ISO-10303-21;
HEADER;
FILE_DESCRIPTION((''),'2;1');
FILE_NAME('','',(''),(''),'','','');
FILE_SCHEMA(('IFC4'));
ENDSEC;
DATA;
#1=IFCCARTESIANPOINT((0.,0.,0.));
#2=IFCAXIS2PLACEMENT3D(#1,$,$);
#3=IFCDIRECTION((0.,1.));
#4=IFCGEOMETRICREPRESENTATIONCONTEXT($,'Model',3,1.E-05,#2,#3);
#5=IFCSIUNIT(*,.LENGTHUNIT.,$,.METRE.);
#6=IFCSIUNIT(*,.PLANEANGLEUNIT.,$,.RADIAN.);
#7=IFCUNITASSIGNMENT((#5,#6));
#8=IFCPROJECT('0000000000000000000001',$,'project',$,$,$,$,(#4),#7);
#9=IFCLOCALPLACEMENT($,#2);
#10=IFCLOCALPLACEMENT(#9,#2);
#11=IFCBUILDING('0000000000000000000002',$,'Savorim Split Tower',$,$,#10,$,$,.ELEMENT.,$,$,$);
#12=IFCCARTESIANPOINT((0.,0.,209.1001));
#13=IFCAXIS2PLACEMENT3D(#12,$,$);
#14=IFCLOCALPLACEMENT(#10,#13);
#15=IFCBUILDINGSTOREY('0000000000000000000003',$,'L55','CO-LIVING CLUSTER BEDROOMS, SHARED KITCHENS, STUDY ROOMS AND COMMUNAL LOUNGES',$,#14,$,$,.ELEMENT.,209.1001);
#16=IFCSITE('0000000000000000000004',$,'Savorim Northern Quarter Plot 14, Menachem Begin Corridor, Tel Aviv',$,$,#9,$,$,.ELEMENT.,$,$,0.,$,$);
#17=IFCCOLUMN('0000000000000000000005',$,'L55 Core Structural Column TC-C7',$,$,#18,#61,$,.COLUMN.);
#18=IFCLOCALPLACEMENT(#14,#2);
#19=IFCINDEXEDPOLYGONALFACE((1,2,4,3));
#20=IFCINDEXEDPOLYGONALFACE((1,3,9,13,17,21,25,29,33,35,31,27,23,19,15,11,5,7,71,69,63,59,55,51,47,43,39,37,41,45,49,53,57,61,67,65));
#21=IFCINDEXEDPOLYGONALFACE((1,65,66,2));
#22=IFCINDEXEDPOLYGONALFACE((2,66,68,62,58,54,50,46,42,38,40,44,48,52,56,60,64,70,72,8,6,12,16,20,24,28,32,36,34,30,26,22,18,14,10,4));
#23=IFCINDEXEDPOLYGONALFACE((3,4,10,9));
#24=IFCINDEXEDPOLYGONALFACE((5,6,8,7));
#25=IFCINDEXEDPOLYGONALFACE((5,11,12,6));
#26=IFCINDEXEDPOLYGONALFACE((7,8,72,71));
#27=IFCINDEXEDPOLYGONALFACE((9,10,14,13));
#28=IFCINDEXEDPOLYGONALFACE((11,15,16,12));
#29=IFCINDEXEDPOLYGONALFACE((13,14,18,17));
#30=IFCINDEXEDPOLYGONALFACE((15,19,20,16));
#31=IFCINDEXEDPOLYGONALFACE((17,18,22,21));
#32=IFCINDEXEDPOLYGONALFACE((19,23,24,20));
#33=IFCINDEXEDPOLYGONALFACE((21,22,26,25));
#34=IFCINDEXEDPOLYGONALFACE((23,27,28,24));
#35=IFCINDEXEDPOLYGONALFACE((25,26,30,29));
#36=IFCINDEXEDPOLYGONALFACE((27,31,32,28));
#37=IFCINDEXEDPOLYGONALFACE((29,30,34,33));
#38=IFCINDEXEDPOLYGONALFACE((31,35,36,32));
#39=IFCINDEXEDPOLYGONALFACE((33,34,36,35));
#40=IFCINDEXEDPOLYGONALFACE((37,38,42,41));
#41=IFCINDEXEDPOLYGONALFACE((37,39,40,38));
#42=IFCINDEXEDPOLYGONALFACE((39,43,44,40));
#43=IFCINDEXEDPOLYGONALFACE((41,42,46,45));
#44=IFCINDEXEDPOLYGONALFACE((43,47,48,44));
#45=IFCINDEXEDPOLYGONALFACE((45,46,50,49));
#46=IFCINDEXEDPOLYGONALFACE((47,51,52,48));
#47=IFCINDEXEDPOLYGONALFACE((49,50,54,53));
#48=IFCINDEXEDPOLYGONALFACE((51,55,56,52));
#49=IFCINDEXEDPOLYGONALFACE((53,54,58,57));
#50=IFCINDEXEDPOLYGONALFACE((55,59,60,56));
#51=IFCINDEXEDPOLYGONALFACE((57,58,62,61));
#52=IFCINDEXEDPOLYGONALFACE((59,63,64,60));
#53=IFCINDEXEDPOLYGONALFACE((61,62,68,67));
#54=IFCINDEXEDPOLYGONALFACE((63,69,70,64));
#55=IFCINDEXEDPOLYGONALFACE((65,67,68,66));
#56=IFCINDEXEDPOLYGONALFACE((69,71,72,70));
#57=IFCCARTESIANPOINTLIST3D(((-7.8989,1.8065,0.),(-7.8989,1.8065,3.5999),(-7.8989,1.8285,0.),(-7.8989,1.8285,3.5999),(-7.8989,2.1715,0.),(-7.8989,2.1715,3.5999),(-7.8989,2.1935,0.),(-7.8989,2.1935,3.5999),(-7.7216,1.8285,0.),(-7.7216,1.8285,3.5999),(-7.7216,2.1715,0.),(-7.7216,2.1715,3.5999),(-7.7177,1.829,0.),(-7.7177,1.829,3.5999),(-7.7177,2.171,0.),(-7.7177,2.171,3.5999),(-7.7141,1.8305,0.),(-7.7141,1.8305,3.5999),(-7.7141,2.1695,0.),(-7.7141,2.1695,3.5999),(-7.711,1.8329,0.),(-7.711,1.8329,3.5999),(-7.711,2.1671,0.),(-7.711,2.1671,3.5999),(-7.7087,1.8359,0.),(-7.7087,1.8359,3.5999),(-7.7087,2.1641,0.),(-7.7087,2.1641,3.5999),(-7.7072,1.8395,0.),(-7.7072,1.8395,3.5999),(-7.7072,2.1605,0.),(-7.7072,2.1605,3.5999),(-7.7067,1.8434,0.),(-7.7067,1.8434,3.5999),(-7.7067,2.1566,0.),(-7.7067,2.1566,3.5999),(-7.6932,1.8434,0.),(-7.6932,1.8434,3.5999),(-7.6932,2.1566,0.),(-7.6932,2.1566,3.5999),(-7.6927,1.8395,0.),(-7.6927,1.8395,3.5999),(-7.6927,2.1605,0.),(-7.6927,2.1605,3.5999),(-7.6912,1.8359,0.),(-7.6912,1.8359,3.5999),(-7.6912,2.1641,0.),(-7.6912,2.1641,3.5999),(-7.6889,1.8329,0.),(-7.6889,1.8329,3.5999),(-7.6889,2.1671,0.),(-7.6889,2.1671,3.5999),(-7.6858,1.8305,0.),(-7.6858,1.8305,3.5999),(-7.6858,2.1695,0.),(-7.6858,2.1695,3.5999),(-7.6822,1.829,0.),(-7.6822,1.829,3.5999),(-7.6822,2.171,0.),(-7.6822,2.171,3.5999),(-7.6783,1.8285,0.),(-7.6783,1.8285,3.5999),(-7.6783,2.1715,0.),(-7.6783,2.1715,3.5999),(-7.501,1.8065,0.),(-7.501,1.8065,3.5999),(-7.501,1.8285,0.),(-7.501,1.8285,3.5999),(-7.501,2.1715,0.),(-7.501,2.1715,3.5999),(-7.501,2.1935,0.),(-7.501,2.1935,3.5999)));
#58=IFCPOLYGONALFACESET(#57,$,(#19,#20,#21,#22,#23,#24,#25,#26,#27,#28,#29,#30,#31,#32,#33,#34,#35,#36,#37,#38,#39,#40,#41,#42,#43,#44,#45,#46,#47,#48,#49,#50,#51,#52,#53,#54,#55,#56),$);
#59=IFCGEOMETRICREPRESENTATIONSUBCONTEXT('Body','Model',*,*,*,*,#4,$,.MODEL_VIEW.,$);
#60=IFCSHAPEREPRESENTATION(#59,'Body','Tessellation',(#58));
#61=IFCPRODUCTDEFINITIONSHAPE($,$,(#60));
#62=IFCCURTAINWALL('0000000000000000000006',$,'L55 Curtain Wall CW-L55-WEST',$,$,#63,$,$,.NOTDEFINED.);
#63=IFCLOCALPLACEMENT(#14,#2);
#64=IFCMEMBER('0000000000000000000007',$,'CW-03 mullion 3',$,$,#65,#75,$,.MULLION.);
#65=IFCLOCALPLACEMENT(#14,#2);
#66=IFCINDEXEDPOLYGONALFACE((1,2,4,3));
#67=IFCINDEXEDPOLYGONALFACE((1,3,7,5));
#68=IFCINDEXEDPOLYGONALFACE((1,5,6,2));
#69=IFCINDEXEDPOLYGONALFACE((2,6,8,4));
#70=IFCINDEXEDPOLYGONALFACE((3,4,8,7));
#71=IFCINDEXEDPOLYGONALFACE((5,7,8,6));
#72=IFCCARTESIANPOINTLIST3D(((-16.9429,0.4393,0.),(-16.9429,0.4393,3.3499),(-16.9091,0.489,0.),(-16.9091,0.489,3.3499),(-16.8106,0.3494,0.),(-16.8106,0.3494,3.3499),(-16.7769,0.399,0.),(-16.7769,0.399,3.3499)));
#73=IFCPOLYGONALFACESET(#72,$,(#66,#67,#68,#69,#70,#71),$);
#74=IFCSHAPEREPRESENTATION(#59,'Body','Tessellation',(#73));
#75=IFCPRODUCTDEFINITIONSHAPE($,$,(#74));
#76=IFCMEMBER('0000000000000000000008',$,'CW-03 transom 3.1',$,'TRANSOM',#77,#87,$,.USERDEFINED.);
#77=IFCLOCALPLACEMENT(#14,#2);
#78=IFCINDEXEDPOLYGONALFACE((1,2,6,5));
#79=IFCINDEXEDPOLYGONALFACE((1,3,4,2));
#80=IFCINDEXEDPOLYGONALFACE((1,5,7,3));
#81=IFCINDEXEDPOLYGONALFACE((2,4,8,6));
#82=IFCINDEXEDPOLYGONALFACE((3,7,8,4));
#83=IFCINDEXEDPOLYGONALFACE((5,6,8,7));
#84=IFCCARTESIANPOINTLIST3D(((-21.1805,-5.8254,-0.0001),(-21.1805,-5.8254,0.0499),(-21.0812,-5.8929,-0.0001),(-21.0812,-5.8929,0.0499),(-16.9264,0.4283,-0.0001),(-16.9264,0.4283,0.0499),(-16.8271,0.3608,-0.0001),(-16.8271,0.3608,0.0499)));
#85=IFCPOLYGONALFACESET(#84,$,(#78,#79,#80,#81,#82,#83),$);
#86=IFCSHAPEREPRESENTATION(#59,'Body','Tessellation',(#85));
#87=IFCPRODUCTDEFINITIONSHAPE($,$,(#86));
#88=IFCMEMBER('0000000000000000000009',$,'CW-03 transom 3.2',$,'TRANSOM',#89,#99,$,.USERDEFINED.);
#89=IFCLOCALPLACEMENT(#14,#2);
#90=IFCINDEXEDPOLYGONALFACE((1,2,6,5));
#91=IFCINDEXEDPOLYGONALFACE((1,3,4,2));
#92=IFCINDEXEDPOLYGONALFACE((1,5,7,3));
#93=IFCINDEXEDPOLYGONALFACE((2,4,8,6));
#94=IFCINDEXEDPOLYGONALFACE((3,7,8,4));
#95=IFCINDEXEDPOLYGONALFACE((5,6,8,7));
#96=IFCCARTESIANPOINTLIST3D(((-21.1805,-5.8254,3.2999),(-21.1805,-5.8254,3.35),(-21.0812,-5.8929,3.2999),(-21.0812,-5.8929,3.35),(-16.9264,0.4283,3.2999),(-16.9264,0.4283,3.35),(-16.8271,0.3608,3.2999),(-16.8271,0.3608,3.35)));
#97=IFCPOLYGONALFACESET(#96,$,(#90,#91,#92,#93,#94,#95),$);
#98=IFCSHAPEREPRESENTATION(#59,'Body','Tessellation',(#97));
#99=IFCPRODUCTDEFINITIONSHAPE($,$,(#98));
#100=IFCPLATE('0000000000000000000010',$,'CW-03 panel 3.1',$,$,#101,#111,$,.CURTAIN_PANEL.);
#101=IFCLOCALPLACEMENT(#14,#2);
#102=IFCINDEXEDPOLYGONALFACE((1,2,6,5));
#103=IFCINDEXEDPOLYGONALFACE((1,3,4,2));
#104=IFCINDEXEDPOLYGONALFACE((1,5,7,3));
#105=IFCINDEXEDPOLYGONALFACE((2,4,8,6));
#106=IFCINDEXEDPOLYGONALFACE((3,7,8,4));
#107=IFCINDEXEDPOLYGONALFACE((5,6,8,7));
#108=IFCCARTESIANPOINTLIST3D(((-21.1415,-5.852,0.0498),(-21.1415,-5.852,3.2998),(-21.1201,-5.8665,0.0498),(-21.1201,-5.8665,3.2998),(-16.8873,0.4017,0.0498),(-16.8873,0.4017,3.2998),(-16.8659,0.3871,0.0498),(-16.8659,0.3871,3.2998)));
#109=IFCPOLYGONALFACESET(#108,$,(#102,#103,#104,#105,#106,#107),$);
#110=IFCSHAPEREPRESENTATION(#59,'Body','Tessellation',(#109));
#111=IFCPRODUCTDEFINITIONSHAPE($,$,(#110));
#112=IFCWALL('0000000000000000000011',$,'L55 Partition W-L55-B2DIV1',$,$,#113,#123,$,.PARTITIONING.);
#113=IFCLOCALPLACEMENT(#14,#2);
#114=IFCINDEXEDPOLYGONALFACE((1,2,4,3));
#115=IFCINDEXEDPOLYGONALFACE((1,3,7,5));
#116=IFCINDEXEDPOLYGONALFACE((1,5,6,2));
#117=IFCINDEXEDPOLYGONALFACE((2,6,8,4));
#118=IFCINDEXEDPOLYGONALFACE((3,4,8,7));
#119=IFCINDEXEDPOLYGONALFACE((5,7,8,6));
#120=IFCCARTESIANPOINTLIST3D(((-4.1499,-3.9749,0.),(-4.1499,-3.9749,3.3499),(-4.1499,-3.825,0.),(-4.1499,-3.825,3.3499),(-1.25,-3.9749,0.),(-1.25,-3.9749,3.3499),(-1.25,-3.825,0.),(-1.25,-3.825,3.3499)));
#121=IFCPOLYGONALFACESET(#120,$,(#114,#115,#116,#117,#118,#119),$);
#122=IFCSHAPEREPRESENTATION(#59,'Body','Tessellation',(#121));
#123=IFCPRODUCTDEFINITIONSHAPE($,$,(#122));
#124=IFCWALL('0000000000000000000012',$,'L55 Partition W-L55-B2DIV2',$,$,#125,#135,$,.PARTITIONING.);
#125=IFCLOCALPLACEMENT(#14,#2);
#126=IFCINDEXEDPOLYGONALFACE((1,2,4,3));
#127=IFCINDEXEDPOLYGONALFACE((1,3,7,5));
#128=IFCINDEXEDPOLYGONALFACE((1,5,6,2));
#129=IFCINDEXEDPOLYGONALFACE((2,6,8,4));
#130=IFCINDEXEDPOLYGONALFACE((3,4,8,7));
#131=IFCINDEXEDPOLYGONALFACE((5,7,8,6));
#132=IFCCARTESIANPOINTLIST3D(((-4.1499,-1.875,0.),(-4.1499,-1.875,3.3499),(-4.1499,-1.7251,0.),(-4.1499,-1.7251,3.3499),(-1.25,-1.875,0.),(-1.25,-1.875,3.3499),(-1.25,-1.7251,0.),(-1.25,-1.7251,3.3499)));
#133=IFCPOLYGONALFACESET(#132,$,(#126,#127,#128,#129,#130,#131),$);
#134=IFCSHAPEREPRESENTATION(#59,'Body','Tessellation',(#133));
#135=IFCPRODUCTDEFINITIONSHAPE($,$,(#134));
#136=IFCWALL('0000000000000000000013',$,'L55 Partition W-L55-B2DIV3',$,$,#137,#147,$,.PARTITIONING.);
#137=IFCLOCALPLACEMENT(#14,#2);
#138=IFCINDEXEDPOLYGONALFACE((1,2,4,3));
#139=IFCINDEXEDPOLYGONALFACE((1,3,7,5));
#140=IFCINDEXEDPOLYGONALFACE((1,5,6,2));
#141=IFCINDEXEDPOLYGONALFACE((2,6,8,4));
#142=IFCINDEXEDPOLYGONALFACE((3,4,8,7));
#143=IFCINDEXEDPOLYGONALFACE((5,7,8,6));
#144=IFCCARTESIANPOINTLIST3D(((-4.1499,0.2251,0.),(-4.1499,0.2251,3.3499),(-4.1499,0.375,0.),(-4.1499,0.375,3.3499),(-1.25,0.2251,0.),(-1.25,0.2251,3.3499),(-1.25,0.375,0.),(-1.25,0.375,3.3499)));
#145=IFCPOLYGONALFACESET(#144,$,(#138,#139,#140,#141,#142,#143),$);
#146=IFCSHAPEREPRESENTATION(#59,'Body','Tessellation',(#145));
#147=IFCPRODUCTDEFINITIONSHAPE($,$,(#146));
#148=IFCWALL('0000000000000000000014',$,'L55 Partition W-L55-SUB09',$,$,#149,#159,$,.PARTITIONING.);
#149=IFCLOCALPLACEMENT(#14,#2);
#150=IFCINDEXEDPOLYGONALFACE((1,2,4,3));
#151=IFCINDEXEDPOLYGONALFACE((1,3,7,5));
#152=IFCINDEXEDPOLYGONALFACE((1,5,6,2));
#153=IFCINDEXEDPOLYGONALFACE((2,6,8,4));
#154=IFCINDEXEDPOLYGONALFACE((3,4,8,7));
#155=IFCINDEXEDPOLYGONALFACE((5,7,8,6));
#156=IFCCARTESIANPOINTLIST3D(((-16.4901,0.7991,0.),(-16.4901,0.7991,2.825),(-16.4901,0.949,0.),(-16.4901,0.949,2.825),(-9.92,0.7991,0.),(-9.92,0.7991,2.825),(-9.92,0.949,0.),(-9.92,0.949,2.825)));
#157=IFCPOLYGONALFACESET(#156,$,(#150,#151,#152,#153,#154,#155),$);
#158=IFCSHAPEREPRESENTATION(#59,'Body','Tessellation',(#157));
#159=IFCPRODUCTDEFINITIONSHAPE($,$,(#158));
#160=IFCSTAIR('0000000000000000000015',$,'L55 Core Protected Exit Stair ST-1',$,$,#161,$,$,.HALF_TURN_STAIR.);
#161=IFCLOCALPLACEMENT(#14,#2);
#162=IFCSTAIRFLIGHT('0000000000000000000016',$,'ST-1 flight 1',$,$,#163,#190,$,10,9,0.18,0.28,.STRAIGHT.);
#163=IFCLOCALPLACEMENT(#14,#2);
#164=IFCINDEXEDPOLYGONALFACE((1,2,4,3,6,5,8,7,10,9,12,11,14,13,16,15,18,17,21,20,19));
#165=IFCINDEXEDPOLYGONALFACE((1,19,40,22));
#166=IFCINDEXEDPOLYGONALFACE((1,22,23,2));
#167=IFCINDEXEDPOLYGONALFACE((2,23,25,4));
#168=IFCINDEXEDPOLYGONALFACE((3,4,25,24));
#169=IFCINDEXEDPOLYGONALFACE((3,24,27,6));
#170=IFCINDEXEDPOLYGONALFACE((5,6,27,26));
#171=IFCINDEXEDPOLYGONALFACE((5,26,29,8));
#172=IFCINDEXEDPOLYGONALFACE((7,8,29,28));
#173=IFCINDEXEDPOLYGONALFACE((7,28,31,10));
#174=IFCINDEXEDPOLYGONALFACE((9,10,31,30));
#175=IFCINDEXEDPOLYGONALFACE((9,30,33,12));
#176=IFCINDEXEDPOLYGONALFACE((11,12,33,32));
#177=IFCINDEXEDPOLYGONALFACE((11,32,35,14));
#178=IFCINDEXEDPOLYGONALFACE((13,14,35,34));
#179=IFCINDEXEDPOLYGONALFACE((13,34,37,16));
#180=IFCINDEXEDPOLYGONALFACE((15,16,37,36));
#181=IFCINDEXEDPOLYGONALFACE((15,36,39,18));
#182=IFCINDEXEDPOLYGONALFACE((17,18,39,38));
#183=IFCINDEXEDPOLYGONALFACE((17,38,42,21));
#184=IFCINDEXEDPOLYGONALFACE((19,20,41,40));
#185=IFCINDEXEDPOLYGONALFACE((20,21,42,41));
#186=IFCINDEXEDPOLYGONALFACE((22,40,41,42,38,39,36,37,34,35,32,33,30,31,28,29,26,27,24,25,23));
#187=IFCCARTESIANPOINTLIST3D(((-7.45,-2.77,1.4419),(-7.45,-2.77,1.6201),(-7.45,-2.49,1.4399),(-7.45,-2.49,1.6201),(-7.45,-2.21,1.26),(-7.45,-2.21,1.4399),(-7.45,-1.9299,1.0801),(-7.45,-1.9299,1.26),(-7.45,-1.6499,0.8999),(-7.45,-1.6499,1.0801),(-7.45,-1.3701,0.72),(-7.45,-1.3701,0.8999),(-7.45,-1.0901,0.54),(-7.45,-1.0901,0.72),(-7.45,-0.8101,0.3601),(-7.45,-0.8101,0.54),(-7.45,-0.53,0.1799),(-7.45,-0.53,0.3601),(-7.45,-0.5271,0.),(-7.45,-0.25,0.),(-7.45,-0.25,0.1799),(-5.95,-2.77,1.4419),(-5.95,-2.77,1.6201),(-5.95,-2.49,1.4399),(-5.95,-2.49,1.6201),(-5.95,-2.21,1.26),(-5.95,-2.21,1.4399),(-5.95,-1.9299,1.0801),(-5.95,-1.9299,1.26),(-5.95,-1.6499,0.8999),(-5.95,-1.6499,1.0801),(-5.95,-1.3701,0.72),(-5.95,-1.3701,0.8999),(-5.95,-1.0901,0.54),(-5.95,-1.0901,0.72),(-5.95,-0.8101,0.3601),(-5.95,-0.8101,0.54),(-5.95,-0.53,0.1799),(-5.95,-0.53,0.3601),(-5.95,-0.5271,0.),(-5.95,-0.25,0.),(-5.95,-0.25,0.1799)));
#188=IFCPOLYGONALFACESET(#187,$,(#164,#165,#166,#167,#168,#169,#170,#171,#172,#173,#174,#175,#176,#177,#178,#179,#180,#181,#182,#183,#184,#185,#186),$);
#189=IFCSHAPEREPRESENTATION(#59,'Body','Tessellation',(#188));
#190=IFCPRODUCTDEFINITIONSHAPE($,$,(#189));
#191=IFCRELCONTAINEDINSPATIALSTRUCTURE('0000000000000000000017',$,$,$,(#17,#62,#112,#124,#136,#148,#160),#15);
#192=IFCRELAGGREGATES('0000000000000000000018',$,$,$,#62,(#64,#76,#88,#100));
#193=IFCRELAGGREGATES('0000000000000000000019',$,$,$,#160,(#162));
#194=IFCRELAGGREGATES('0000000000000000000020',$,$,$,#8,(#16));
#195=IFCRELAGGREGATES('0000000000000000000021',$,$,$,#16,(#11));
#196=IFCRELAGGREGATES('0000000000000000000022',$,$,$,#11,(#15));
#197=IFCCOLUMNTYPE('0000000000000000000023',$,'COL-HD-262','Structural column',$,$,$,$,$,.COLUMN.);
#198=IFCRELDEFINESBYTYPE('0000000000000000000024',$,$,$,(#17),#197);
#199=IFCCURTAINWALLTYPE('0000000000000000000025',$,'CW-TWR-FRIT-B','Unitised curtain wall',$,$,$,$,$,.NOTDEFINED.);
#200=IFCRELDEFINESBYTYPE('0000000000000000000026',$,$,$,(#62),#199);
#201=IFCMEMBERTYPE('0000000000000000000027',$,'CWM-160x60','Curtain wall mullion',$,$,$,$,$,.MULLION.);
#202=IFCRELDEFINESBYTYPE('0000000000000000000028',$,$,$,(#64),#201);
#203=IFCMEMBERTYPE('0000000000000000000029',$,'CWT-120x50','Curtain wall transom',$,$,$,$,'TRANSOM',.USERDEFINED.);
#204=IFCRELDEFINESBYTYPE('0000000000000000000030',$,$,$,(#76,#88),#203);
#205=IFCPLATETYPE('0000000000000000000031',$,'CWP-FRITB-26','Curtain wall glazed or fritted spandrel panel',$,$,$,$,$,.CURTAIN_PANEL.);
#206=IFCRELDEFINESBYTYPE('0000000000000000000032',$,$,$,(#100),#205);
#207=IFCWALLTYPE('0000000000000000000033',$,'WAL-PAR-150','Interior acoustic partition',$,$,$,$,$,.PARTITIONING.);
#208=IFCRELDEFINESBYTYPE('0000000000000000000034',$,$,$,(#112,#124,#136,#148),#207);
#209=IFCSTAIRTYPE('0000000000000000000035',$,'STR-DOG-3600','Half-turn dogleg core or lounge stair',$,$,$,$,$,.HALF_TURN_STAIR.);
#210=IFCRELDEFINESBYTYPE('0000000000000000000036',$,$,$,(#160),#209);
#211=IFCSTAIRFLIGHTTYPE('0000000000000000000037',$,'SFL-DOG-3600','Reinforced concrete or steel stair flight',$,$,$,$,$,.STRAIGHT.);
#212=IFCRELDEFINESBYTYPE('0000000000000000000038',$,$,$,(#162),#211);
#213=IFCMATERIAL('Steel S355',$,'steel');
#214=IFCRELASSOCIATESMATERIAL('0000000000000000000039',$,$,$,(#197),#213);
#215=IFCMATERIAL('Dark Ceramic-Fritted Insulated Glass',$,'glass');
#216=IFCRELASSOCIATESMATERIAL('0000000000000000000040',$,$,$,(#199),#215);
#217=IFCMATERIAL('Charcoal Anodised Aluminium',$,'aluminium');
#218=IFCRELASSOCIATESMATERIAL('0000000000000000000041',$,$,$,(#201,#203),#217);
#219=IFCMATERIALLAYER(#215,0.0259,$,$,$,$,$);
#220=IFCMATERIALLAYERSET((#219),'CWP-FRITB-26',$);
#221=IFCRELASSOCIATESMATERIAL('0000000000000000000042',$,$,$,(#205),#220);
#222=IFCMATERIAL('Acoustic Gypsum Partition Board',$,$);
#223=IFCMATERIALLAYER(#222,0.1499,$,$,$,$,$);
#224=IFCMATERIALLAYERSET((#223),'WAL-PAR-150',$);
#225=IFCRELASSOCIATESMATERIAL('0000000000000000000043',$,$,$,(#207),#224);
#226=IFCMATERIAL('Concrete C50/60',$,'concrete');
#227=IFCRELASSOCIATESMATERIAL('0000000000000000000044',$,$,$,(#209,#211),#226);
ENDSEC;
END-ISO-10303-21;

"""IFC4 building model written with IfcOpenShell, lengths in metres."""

from ifc_helpers import new_model, si_unit, direction, frame, frame_2d, origin, origin_2d, place, context, subcontext, project, spatial, polyline, rectangle, i_section, outline, extrude, material, layer, layer_set, material_profile, profile_set, type_object, element, aggregate, save


model = new_model("IFC4")

# Units and contexts
model_context = context("Model", 3, precision=1e-05, world=origin(), true_north=direction((0.0, 1.0)))
body_context = subcontext(model_context, "Body", "Model", "MODEL_VIEW")
ifc_project = project(units=[si_unit("LENGTHUNIT", "METRE"), si_unit("PLANEANGLEUNIT", "RADIAN")], contexts=[model_context])

# Site, building, storey
site_placement = place(None, origin())
site = spatial("IfcSite", under=ifc_project, at=site_placement, Name="Savorim Northern Quarter Plot 14, Menachem Begin Corridor, Tel Aviv", CompositionType="ELEMENT", RefElevation=0.0)
building_placement = place(site_placement, origin())
building = spatial("IfcBuilding", under=site, at=building_placement, Name="Savorim Split Tower", CompositionType="ELEMENT")
storey_placement = place(building_placement, frame((0.0, 0.0, 209.1001)))
storey = spatial("IfcBuildingStorey", under=building, at=storey_placement, Name="L55", Description="CO-LIVING CLUSTER BEDROOMS, SHARED KITCHENS, STUDY ROOMS AND COMMUNAL LOUNGES", CompositionType="ELEMENT", Elevation=209.1001)

# Column
ifc_material_1 = material(Name="Steel S355", Category="steel")
ifc_material_profile_1 = material_profile(ifc_material_1, i_section(OverallWidth=0.3979, OverallDepth=0.387, WebThickness=0.0134, FlangeThickness=0.022, FilletRadius=0.0149, at=origin_2d()), Name="HD 400x262")
ifc_profile_set_1 = profile_set([ifc_material_profile_1], Name="Steel S355")
column_type = type_object("IfcColumnType", Name="COL-HD-262", Description="Structural column", PredefinedType="COLUMN", material=ifc_profile_set_1)
column_placement = place(storey_placement, frame((-7.7, 2.0, 0.0), z_axis=(0.0, 0.0, 1.0), x_axis=(1.0, 0.0, 0.0)))
element("IfcColumn", 1, at=column_placement, inside=storey, type_object=column_type, Name="L55 Core Structural Column TC-C7", PredefinedType="COLUMN", context=body_context, shape_type="SweptSolid", body=[
    extrude(i_section(OverallWidth=0.3979, OverallDepth=0.387, WebThickness=0.0134, FlangeThickness=0.022, FilletRadius=0.0149, at=origin_2d()), origin(), (0.0, 0.0, 1.0), 3.5999),
])

# Curtain wall, members, plate
ifc_material_2 = material(Name="Dark Ceramic-Fritted Insulated Glass", Category="glass")
curtain_wall_type = type_object("IfcCurtainWallType", Name="CW-TWR-FRIT-B", Description="Unitised curtain wall", PredefinedType="NOTDEFINED", material=ifc_material_2)
curtain_wall_placement = place(storey_placement, origin())
curtain_wall = element("IfcCurtainWall", 2, at=curtain_wall_placement, inside=storey, type_object=curtain_wall_type, Name="L55 Curtain Wall CW-L55-WEST", PredefinedType="NOTDEFINED")
ifc_material_3 = material(Name="Charcoal Anodised Aluminium", Category="aluminium")
ifc_material_profile_2 = material_profile(ifc_material_3, rectangle(XDim=0.1599, YDim=0.0601, at=origin_2d()), Name="ALU-M 160x60")
ifc_profile_set_2 = profile_set([ifc_material_profile_2], Name="Charcoal Anodised Aluminium")
member_type_1 = type_object("IfcMemberType", Name="CWM-160x60", Description="Curtain wall mullion", PredefinedType="MULLION", material=ifc_profile_set_2)
member_1_placement = place(storey_placement, frame((-16.8599, 0.4192, 0.0), z_axis=(0.0, 0.0, 1.0), x_axis=(0.826821, -0.562465, 0.0)))
member_1 = element("IfcMember", 3, at=member_1_placement, type_object=member_type_1, Name="CW-03 mullion 3", PredefinedType="MULLION", context=body_context, shape_type="SweptSolid", body=[
    extrude(rectangle(XDim=0.1599, YDim=0.0601, at=origin_2d()), origin(), (0.0, 0.0, 1.0), 3.3499),
])
ifc_material_profile_3 = material_profile(ifc_material_3, rectangle(XDim=0.1201, YDim=0.05, at=origin_2d()), Name="ALU-T 120x50")
ifc_profile_set_3 = profile_set([ifc_material_profile_3], Name="Charcoal Anodised Aluminium")
member_type_2 = type_object("IfcMemberType", Name="CWT-120x50", Description="Curtain wall transom", ElementType="TRANSOM", PredefinedType="USERDEFINED", material=ifc_profile_set_3)
member_2_placement = place(storey_placement, frame((-16.8767, 0.3945, 0.0249), z_axis=(-0.56246, -0.826824, 0.0), x_axis=(0.826824, -0.56246, 0.0)))
member_2 = element("IfcMember", 4, at=member_2_placement, type_object=member_type_2, Name="CW-03 transom 3.1", ObjectType="TRANSOM", PredefinedType="USERDEFINED", context=body_context, shape_type="SweptSolid", body=[
    extrude(rectangle(XDim=0.1201, YDim=0.05, at=origin_2d()), origin(), (0.0, 0.0, 1.0), 7.5635),
])
member_3_placement = place(storey_placement, frame((-16.8767, 0.3945, 3.325), z_axis=(-0.56246, -0.826824, 0.0), x_axis=(0.826824, -0.56246, 0.0)))
member_3 = element("IfcMember", 5, at=member_3_placement, type_object=member_type_2, Name="CW-03 transom 3.2", ObjectType="TRANSOM", PredefinedType="USERDEFINED", context=body_context, shape_type="SweptSolid", body=[
    extrude(rectangle(XDim=0.1201, YDim=0.05, at=origin_2d()), origin(), (0.0, 0.0, 1.0), 7.5635),
])
ifc_layer_1 = layer(ifc_material_2, 0.0259)
ifc_layer_set_1 = layer_set([ifc_layer_1], Name="CWP-FRITB-26")
plate_type = type_object("IfcPlateType", Name="CWP-FRITB-26", Description="Curtain wall glazed or fritted spandrel panel", PredefinedType="CURTAIN_PANEL", material=ifc_layer_set_1)
plate_placement = place(storey_placement, frame((-19.0037, -2.7324, 0.0498), z_axis=(0.0, 0.0, 1.0), x_axis=(-0.562465, -0.826821, 0.0)))
plate = element("IfcPlate", 6, at=plate_placement, type_object=plate_type, Name="CW-03 panel 3.1", PredefinedType="CURTAIN_PANEL", context=body_context, shape_type="SweptSolid", body=[
    extrude(rectangle(XDim=7.5635, YDim=0.0259, at=origin_2d()), origin(), (0.0, 0.0, 1.0), 3.25),
])
aggregate(curtain_wall, [member_1, member_2, member_3, plate])

# Shared definitions
ifc_material_4 = material(Name="Concrete C50/60", Category="concrete")

# Walls
ifc_material_5 = material(Name="Acoustic Gypsum Partition Board")
ifc_layer_2 = layer(ifc_material_5, 0.1499)
ifc_layer_set_2 = layer_set([ifc_layer_2], Name="WAL-PAR-150")
wall_type_1 = type_object("IfcWallType", Name="WAL-PAR-150", Description="Interior acoustic partition", PredefinedType="PARTITIONING", material=ifc_layer_set_2)
for number, where, z_axis, x_axis, name in (
    (7, (-4.1499, -3.8999, 0.0), (0.0, 0.0, 1.0), (1.0, 0.0, 0.0), "L55 Partition W-L55-B2DIV1"),
    (8, (-4.1499, -1.8, 0.0), (0.0, 0.0, 1.0), (1.0, 0.0, 0.0), "L55 Partition W-L55-B2DIV2"),
    (9, (-4.1499, 0.3, 0.0), (0.0, 0.0, 1.0), (1.0, 0.0, 0.0), "L55 Partition W-L55-B2DIV3"),
):
    element("IfcWall", number, at=place(storey_placement, frame(where, z_axis=z_axis, x_axis=x_axis)), inside=storey, type_object=wall_type_1, Name=name, PredefinedType="PARTITIONING", context=body_context, shape_type="SweptSolid", body=[
        extrude(rectangle(XDim=2.8999, YDim=0.1499, at=frame_2d((1.45, 0.0))), origin(), (0.0, 0.0, 1.0), 3.3499),
    ])
wall_1_placement = place(storey_placement, frame((-9.9199, 0.874, 0.0), z_axis=(0.0, 0.0, 1.0), x_axis=(-1.0, 0.0, 0.0)))
element("IfcWall", 10, at=wall_1_placement, inside=storey, type_object=wall_type_1, Name="L55 Partition W-L55-SUB09", PredefinedType="PARTITIONING", context=body_context, shape_type="SweptSolid", body=[
    extrude(rectangle(XDim=6.5701, YDim=0.1499, at=frame_2d((3.2852, 0.0))), origin(), (0.0, 0.0, 1.0), 2.825),
])

# Stair, stair flight
stair_type = type_object("IfcStairType", Name="STR-DOG-3600", Description="Half-turn dogleg core or lounge stair", PredefinedType="HALF_TURN_STAIR", material=ifc_material_4)
stair_placement = place(storey_placement, origin())
stair = element("IfcStair", 11, at=stair_placement, inside=storey, type_object=stair_type, Name="L55 Core Protected Exit Stair ST-1", PredefinedType="HALF_TURN_STAIR")
stair_flight_type = type_object("IfcStairFlightType", Name="SFL-DOG-3600", Description="Reinforced concrete or steel stair flight", PredefinedType="STRAIGHT", material=ifc_material_4)
stair_flight_1_placement = place(storey_placement, frame((-6.7, -0.25, 0.0), z_axis=(0.0, 0.0, 1.0), x_axis=(0.0, -1.0, 0.0)))
stair_flight_1 = element("IfcStairFlight", 12, at=stair_flight_1_placement, type_object=stair_flight_type, Name="ST-1 flight 1", NumberOfRisers=10, NumberOfTreads=9, PredefinedType="STRAIGHT", RiserHeight=0.18, TreadLength=0.28, context=body_context, shape_type="SweptSolid", body=[
    extrude(outline(polyline([(0.0, 0.0), (0.0, 0.1799), (0.28, 0.1799), (0.28, 0.3601), (0.5601, 0.3601), (0.5601, 0.54), (0.8401, 0.54), (0.8401, 0.72), (1.1201, 0.72), (1.1201, 0.8999), (1.3999, 0.8999), (1.3999, 1.0801), (1.6799, 1.0801), (1.6799, 1.26), (1.96, 1.26), (1.96, 1.4399), (2.24, 1.4399), (2.24, 1.6201), (2.52, 1.6201), (2.52, 1.8), (2.52, 1.4419), (0.2771, 0.0), (0.0, 0.0)])), frame((0.0, 0.75, 0.0), z_axis=(0.0, -1.0, 0.0), x_axis=(1.0, 0.0, 0.0)), (0.0, 0.0, 1.0), 1.5),
])
aggregate(stair, [stair_flight_1])

save(model, "model.ifc")
